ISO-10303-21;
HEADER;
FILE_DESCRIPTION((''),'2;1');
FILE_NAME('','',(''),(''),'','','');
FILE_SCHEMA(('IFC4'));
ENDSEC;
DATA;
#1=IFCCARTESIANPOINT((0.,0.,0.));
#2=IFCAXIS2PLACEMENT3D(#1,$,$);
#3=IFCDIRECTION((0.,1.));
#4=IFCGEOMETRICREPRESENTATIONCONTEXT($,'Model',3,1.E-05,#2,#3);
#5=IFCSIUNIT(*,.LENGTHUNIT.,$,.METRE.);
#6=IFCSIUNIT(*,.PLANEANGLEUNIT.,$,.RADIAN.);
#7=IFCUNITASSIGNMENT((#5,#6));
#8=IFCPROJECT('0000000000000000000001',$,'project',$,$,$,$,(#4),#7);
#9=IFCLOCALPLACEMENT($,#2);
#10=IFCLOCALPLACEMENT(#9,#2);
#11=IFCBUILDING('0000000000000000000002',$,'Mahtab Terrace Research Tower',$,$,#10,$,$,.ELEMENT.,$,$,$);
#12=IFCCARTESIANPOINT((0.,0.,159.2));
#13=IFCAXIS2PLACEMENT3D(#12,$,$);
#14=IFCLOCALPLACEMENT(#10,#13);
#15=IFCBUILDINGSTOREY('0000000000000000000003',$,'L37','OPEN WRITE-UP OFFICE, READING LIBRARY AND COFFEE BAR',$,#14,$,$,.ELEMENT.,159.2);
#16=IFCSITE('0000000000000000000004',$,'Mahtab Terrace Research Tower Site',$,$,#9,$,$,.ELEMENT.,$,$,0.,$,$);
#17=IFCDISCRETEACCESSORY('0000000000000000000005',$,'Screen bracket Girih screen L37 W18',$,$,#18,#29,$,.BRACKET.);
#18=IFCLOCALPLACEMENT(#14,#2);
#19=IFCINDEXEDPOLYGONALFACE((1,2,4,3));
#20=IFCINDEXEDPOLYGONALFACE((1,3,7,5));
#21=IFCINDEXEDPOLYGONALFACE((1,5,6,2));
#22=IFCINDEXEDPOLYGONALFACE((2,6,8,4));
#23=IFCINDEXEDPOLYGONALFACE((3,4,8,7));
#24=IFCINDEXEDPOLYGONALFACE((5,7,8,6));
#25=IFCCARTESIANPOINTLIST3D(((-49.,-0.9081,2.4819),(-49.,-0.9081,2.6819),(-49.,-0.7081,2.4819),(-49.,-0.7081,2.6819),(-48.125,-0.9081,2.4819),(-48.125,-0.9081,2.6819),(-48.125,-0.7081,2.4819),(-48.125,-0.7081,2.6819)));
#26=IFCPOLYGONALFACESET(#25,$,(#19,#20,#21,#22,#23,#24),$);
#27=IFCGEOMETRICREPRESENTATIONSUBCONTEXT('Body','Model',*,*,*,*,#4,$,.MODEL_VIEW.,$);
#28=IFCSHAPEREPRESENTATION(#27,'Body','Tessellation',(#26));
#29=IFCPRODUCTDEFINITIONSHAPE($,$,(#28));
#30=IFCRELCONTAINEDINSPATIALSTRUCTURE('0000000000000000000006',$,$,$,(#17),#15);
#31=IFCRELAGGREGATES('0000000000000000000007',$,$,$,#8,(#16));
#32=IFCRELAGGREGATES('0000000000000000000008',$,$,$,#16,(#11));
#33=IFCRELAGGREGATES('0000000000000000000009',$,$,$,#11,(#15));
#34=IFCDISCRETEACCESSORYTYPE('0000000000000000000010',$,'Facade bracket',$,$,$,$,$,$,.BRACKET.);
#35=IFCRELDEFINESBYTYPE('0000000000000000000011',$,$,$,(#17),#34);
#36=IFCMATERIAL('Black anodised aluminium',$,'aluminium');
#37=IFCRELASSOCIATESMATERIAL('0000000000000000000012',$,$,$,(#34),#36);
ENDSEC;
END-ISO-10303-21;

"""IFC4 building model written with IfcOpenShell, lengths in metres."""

from ifc_helpers import new_model, si_unit, direction, frame, origin, origin_2d, place, context, subcontext, project, spatial, rectangle, extrude, material, type_object, element, save


model = new_model("IFC4")

# Units and contexts
model_context = context("Model", 3, precision=1e-05, world=origin(), true_north=direction((0.0, 1.0)))
body_context = subcontext(model_context, "Body", "Model", "MODEL_VIEW")
ifc_project = project(units=[si_unit("LENGTHUNIT", "METRE"), si_unit("PLANEANGLEUNIT", "RADIAN")], contexts=[model_context])

# Site, building, storey
site_placement = place(None, origin())
site = spatial("IfcSite", under=ifc_project, at=site_placement, Name="Mahtab Terrace Research Tower Site", CompositionType="ELEMENT", RefElevation=0.0)
building_placement = place(site_placement, origin())
building = spatial("IfcBuilding", under=site, at=building_placement, Name="Mahtab Terrace Research Tower", CompositionType="ELEMENT")
storey_placement = place(building_placement, frame((0.0, 0.0, 159.2)))
storey = spatial("IfcBuildingStorey", under=building, at=storey_placement, Name="L37", Description="OPEN WRITE-UP OFFICE, READING LIBRARY AND COFFEE BAR", CompositionType="ELEMENT", Elevation=159.2)

# Discrete accessory
ifc_material_1 = material(Name="Black anodised aluminium", Category="aluminium")
discrete_accessory_type = type_object("IfcDiscreteAccessoryType", Name="Facade bracket", PredefinedType="BRACKET", material=ifc_material_1)
for number, where, z_axis, x_axis, name in (
    (1, (-48.5625, -0.8081, 2.4819), (0.0, 0.0, 1.0), (0.0, -1.0, 0.0), "Screen bracket Girih screen L37 W18"),
):
    element("IfcDiscreteAccessory", number, at=place(storey_placement, frame(where, z_axis=z_axis, x_axis=x_axis)), inside=storey, type_object=discrete_accessory_type, Name=name, PredefinedType="BRACKET", context=body_context, shape_type="SweptSolid", body=[
        extrude(rectangle(XDim=0.2, YDim=0.875, at=origin_2d()), origin(), (0.0, 0.0, 1.0), 0.2),
    ])

save(model, "model.ifc")
